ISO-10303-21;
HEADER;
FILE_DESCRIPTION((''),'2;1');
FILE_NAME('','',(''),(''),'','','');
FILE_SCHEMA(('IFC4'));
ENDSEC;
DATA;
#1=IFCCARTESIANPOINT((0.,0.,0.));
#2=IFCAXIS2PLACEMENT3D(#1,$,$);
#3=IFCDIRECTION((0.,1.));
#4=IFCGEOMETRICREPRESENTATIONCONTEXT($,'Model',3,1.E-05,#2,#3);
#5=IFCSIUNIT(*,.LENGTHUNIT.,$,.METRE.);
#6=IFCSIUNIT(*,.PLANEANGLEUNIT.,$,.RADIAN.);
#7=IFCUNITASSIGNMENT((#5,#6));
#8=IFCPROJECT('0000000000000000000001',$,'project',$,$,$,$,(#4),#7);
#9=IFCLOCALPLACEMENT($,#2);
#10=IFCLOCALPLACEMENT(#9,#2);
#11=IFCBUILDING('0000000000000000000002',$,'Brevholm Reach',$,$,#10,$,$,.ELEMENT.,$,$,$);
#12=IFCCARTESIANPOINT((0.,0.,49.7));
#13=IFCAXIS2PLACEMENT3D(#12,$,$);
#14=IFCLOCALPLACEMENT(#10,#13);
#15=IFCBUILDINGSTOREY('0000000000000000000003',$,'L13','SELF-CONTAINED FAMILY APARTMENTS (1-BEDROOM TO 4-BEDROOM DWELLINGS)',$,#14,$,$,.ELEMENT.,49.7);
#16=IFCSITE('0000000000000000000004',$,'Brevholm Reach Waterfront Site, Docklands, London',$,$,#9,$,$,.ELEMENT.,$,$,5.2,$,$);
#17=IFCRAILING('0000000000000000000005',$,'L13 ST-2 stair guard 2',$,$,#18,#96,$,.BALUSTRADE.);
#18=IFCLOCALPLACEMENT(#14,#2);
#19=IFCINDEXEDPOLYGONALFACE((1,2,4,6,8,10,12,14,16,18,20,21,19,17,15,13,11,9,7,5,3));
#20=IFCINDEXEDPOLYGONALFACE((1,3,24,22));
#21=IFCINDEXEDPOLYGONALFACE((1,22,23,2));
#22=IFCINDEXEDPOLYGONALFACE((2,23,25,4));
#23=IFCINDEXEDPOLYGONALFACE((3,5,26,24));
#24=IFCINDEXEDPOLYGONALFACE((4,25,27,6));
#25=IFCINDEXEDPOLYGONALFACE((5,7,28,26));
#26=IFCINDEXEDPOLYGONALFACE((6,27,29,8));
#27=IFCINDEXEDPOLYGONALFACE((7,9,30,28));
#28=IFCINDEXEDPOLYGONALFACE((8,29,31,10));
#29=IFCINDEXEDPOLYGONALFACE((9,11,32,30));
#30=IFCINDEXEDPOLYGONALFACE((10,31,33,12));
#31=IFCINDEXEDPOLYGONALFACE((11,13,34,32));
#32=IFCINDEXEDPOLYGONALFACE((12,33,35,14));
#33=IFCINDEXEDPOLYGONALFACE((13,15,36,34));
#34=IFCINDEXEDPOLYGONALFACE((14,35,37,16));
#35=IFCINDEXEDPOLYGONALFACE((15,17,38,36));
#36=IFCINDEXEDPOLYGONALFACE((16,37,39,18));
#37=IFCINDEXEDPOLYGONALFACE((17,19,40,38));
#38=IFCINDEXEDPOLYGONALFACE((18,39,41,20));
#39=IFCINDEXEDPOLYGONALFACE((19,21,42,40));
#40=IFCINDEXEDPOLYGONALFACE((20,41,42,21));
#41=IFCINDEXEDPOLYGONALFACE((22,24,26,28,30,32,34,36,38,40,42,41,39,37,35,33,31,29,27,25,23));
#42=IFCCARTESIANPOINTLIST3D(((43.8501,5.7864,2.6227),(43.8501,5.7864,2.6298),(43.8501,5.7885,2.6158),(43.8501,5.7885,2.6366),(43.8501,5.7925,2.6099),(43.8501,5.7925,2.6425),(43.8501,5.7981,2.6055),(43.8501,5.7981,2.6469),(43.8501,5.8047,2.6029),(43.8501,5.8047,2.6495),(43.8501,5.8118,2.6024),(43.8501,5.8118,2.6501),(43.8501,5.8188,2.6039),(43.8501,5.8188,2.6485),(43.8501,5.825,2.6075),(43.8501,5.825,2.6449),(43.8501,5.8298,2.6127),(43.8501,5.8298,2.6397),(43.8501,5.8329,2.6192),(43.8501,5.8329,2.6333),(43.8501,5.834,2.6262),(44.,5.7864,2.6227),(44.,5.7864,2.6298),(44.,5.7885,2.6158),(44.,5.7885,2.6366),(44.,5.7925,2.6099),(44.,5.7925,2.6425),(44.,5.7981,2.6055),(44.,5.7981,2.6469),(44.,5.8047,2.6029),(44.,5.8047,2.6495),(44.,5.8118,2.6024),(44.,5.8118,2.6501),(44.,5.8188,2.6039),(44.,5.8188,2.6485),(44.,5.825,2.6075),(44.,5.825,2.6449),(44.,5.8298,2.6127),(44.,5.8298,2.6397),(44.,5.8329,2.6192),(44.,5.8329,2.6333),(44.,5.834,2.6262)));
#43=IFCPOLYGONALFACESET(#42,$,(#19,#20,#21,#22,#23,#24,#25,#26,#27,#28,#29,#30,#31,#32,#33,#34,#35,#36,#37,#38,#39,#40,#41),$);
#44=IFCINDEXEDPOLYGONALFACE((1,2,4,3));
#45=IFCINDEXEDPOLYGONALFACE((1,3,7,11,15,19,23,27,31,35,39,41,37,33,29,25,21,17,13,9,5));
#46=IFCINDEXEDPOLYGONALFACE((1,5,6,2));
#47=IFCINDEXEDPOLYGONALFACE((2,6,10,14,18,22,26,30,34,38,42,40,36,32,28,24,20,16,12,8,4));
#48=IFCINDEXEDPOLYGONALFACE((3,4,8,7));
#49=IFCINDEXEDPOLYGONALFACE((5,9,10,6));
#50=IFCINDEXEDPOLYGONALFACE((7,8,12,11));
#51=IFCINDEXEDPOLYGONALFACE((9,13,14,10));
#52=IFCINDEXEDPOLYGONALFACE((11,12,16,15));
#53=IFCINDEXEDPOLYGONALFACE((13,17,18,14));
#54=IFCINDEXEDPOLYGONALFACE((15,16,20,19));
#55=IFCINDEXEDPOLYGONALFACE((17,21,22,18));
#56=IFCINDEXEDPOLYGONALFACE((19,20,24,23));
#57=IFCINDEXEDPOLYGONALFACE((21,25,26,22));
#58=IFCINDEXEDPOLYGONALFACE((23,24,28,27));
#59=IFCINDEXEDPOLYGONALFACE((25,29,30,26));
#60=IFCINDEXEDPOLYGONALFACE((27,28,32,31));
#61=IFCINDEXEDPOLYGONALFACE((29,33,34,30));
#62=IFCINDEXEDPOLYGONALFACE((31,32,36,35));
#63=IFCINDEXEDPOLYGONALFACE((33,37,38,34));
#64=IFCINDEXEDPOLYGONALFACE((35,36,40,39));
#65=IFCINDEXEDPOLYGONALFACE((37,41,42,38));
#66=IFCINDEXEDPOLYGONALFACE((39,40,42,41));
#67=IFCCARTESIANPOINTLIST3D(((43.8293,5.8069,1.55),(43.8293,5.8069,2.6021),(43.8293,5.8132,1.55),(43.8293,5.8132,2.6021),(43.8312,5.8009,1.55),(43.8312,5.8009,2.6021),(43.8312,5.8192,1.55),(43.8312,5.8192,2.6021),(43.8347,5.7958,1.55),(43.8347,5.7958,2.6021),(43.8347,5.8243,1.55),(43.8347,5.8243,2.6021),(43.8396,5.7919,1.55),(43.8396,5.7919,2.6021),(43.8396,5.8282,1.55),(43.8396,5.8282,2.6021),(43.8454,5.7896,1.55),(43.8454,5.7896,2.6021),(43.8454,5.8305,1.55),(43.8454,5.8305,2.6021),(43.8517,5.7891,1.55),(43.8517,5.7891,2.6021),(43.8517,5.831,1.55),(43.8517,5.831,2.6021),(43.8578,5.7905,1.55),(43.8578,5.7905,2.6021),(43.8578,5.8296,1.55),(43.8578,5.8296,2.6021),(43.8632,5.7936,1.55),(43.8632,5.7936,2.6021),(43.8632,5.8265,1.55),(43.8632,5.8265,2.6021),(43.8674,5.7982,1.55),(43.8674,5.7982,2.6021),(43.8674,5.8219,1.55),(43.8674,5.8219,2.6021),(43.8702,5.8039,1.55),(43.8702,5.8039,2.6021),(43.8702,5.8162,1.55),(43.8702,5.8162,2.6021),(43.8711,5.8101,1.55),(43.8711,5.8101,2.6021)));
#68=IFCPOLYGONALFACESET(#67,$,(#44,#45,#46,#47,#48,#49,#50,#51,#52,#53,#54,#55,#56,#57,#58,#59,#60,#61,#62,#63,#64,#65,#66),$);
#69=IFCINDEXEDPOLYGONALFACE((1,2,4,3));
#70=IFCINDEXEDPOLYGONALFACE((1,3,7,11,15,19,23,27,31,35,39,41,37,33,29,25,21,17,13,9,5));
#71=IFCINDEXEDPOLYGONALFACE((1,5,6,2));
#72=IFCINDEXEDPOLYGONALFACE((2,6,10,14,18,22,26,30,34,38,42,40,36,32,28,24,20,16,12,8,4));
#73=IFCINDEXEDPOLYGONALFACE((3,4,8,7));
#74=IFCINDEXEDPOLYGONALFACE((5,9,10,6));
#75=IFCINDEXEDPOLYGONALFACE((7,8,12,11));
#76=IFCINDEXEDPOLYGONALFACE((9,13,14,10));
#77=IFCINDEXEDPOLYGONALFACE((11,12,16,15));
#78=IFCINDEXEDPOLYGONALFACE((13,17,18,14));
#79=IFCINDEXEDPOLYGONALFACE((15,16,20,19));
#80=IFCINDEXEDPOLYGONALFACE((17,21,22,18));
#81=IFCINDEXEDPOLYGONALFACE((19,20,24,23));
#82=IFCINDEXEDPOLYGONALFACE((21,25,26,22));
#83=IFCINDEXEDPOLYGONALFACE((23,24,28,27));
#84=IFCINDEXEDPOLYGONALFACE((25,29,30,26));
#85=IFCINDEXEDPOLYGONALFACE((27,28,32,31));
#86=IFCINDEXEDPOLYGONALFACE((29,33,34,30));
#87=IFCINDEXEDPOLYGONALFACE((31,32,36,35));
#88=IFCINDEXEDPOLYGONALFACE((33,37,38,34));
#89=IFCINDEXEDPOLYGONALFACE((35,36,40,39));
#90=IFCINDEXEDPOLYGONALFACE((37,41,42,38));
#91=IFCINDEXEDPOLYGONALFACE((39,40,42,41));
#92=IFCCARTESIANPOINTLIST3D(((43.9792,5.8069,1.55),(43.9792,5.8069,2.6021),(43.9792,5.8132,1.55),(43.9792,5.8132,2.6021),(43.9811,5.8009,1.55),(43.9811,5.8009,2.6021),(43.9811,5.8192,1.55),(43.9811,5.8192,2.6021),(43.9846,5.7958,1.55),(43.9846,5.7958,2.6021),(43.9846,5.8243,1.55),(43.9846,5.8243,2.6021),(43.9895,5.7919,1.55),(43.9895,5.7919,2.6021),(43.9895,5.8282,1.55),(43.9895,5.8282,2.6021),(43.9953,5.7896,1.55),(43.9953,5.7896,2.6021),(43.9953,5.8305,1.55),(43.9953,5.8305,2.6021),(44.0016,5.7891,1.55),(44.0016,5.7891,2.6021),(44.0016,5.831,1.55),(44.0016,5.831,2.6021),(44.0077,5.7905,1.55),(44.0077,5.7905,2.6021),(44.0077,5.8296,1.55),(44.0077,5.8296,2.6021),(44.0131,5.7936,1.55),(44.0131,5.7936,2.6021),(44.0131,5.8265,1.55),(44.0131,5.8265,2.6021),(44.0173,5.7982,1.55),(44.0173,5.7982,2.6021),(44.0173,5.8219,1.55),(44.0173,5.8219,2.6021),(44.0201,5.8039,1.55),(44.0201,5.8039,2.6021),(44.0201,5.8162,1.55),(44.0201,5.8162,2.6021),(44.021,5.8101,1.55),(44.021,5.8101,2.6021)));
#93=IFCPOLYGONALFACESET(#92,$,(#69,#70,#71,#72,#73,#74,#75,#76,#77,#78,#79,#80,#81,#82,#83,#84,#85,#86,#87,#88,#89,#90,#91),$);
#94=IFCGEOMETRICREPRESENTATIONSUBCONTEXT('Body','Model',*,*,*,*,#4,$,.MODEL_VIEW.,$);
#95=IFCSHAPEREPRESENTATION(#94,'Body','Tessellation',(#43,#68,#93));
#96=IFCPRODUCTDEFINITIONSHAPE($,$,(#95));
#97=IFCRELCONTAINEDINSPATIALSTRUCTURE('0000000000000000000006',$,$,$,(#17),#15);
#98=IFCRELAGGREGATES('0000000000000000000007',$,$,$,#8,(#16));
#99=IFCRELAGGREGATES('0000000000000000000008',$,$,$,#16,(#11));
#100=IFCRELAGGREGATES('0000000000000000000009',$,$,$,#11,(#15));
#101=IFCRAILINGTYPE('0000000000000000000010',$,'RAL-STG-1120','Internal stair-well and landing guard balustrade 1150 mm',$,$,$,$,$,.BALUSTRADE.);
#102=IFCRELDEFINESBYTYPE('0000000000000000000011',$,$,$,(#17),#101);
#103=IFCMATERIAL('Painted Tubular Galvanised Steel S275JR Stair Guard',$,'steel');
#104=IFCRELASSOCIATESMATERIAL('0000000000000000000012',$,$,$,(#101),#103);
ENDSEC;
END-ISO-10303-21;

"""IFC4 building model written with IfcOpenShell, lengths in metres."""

from ifc_helpers import new_model, si_unit, direction, frame, origin, origin_2d, place, context, subcontext, project, spatial, circle, extrude, material, type_object, element, save


model = new_model("IFC4")

# Units and contexts
model_context = context("Model", 3, precision=1e-05, world=origin(), true_north=direction((0.0, 1.0)))
body_context = subcontext(model_context, "Body", "Model", "MODEL_VIEW")
ifc_project = project(units=[si_unit("LENGTHUNIT", "METRE"), si_unit("PLANEANGLEUNIT", "RADIAN")], contexts=[model_context])

# Site, building, storey
site_placement = place(None, origin())
site = spatial("IfcSite", under=ifc_project, at=site_placement, Name="Brevholm Reach Waterfront Site, Docklands, London", CompositionType="ELEMENT", RefElevation=5.2)
building_placement = place(site_placement, origin())
building = spatial("IfcBuilding", under=site, at=building_placement, Name="Brevholm Reach", CompositionType="ELEMENT")
storey_placement = place(building_placement, frame((0.0, 0.0, 49.7)))
storey = spatial("IfcBuildingStorey", under=building, at=storey_placement, Name="L13", Description="SELF-CONTAINED FAMILY APARTMENTS (1-BEDROOM TO 4-BEDROOM DWELLINGS)", CompositionType="ELEMENT", Elevation=49.7)

# Railing
ifc_material_1 = material(Name="Painted Tubular Galvanised Steel S275JR Stair Guard", Category="steel")
railing_type_1 = type_object("IfcRailingType", Name="RAL-STG-1120", Description="Internal stair-well and landing guard balustrade 1150 mm", PredefinedType="BALUSTRADE", material=ifc_material_1)
railing_1_placement = place(storey_placement, frame((43.8501, 5.8101, 1.55)))
element("IfcRailing", 1, at=railing_1_placement, inside=storey, type_object=railing_type_1, Name="L13 ST-2 stair guard 2", PredefinedType="BALUSTRADE", context=body_context, shape_type="SweptSolid", body=[
    extrude(circle(Radius=0.0239, at=origin_2d()), frame((0.0, 0.0, 1.0762), z_axis=(1.0, 0.0, 0.0), x_axis=(0.0, 1.0, 0.0)), (0.0, 0.0, 1.0), 0.1499),
    extrude(circle(Radius=0.021, at=origin_2d()), origin(), (0.0, 0.0, 1.0), 1.052),
    extrude(circle(Radius=0.021, at=origin_2d()), frame((0.1499, 0.0, 0.0)), (0.0, 0.0, 1.0), 1.052),
])

save(model, "model.ifc")
